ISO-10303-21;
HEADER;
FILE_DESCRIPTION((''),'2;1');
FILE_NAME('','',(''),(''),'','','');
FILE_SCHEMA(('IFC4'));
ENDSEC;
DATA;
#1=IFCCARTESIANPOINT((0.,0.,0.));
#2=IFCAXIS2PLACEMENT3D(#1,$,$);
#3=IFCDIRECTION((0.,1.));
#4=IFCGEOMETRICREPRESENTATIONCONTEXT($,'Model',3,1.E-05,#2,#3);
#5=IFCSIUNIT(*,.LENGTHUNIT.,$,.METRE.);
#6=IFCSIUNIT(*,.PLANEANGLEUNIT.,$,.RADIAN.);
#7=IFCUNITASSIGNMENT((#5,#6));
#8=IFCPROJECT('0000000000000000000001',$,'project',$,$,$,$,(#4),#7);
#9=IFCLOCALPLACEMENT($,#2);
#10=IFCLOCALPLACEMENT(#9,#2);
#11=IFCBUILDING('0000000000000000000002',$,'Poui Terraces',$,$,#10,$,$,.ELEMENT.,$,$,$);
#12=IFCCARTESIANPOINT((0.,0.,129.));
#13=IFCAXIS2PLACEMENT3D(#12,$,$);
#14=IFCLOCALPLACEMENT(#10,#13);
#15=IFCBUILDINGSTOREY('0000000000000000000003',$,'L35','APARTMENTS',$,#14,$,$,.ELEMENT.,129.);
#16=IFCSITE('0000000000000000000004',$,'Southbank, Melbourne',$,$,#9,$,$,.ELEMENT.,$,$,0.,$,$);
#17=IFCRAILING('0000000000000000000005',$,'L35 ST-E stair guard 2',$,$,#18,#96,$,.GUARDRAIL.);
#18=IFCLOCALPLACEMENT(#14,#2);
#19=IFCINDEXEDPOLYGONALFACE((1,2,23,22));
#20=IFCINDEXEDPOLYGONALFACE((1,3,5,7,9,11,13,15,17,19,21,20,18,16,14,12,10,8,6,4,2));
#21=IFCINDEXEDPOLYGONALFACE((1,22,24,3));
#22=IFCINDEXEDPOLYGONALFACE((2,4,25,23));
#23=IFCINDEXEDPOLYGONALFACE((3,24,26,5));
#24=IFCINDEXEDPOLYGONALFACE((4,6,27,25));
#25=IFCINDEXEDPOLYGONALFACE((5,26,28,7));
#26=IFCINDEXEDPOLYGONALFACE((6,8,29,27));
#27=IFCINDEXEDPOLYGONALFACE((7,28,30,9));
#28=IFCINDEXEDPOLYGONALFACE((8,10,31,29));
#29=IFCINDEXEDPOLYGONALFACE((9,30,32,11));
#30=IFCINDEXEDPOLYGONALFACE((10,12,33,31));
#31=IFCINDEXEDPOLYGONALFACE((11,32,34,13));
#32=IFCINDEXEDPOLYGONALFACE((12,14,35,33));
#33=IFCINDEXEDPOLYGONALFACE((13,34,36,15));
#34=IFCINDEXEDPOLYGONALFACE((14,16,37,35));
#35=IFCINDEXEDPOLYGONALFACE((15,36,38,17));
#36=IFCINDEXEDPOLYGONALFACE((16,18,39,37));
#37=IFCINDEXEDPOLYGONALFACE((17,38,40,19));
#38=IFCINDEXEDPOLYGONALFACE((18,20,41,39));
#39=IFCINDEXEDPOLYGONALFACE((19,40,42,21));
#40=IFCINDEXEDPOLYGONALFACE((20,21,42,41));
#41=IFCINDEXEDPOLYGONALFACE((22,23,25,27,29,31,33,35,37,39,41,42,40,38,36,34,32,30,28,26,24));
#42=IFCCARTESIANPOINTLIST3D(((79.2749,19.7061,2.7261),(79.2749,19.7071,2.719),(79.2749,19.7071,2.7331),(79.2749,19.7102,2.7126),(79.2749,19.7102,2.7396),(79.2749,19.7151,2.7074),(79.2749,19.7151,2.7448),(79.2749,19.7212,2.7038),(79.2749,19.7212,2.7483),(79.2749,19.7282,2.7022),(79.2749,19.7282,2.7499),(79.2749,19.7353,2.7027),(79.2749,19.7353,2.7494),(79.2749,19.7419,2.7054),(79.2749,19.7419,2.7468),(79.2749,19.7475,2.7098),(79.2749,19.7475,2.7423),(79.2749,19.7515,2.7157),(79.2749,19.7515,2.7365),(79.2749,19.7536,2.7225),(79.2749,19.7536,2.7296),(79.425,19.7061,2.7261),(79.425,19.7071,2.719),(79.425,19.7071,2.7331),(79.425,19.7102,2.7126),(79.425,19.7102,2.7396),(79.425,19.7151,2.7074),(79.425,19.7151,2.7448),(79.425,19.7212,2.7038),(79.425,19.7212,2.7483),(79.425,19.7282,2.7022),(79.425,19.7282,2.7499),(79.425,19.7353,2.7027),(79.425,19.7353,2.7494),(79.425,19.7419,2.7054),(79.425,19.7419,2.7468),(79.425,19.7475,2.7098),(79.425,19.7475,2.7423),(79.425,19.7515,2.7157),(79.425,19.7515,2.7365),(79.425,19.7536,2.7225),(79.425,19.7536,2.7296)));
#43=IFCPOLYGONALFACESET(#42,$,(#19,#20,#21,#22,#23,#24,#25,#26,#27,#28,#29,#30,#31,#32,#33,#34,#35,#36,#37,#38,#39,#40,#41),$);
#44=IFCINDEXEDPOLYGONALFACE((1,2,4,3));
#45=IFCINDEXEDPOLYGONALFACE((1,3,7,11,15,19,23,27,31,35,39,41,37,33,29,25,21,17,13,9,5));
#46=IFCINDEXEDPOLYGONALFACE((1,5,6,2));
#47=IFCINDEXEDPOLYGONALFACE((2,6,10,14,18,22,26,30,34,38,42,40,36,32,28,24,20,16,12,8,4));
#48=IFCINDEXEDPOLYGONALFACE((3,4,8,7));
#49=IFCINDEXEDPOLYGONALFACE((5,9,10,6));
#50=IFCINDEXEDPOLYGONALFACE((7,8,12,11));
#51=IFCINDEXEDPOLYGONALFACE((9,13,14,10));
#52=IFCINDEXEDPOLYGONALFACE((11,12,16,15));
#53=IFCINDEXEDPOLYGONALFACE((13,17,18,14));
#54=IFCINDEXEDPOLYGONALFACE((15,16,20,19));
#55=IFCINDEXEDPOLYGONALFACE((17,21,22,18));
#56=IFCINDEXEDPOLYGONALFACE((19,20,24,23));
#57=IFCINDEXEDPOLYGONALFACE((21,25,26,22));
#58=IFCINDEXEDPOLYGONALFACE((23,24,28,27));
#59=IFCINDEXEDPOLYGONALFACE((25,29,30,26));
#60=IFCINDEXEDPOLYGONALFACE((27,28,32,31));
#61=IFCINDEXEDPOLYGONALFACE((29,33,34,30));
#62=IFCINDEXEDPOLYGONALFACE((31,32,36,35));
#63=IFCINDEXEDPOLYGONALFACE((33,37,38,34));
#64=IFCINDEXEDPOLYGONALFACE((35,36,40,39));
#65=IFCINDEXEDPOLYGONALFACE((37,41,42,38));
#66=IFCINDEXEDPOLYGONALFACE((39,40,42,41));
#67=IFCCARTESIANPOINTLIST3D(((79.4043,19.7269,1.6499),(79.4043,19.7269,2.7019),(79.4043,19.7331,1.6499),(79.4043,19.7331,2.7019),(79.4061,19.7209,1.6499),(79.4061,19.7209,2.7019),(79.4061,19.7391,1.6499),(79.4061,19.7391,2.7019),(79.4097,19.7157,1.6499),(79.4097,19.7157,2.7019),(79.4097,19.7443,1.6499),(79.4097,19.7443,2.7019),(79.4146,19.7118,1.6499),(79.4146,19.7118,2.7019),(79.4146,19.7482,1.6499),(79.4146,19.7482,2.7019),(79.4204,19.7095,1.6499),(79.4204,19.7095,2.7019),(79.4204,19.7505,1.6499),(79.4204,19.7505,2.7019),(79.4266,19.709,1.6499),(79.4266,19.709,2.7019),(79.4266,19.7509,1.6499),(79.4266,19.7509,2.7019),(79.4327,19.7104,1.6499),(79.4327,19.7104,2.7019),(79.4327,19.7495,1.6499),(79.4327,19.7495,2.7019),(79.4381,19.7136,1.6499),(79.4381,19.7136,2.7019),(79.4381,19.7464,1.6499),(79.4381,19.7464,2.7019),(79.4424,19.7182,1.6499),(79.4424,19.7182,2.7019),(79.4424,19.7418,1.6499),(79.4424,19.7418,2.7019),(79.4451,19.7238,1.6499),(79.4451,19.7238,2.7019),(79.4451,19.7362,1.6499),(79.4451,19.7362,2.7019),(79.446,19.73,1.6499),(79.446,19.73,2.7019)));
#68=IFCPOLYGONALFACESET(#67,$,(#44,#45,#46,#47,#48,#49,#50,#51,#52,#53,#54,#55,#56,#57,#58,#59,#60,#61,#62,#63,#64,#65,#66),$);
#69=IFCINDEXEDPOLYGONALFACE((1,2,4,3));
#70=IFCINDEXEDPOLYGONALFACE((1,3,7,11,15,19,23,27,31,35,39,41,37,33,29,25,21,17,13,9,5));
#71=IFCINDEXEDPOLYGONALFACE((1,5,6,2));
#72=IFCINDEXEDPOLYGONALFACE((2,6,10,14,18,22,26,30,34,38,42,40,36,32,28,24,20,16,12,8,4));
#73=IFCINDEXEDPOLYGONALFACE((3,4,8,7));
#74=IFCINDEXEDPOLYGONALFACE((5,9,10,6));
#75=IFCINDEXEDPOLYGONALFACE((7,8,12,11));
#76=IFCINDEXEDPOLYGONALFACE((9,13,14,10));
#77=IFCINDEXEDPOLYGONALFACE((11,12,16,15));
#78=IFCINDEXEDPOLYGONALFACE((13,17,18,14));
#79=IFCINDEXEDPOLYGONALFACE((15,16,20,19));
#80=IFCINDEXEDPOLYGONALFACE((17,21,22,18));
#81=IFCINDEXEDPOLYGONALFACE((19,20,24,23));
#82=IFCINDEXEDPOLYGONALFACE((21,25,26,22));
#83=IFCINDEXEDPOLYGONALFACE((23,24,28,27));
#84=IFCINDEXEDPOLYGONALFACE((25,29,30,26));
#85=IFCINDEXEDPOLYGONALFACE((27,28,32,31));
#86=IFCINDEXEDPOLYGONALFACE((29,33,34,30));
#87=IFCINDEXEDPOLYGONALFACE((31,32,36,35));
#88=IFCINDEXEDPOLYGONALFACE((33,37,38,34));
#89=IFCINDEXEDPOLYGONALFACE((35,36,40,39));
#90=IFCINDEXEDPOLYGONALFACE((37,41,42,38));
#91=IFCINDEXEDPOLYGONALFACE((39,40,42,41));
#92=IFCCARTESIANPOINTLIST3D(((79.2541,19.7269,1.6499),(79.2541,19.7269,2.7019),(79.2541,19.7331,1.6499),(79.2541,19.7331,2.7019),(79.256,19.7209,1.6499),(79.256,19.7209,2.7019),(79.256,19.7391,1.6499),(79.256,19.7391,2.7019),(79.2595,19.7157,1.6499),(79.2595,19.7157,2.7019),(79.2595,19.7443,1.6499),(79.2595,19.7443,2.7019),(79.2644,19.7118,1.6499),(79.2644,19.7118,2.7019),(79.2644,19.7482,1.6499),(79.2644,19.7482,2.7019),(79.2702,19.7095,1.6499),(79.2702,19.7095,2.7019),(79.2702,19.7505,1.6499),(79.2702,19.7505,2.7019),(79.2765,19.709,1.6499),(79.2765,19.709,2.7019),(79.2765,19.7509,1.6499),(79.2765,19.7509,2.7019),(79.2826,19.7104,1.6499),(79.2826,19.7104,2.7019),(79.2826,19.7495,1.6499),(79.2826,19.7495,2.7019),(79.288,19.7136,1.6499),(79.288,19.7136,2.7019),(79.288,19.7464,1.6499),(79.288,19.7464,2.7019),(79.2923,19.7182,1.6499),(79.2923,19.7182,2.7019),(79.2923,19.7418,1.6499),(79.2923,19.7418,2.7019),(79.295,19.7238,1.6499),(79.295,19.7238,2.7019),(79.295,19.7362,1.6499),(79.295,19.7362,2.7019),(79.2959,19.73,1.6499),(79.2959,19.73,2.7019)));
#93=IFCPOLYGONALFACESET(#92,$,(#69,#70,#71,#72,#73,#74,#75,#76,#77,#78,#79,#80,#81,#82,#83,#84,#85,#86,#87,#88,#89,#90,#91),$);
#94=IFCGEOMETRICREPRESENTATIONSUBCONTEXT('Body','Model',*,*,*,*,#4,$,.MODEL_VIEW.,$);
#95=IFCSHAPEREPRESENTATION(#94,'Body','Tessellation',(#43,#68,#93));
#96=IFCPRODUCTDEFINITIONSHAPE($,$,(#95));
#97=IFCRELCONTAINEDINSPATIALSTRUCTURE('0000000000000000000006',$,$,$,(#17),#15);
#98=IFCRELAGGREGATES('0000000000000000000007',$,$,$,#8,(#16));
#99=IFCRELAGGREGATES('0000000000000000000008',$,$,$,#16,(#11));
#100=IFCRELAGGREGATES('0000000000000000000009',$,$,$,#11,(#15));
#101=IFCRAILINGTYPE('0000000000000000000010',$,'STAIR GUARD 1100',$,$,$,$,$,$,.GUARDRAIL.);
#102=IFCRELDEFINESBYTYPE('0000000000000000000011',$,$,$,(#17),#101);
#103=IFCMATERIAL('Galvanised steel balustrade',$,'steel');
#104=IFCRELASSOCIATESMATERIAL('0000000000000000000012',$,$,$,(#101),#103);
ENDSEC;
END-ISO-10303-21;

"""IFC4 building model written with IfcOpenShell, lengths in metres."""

from ifc_helpers import new_model, si_unit, direction, frame, origin, origin_2d, place, context, subcontext, project, spatial, circle, extrude, material, type_object, element, save


model = new_model("IFC4")

# Units and contexts
model_context = context("Model", 3, precision=1e-05, world=origin(), true_north=direction((0.0, 1.0)))
body_context = subcontext(model_context, "Body", "Model", "MODEL_VIEW")
ifc_project = project(units=[si_unit("LENGTHUNIT", "METRE"), si_unit("PLANEANGLEUNIT", "RADIAN")], contexts=[model_context])

# Site, building, storey
site_placement = place(None, origin())
site = spatial("IfcSite", under=ifc_project, at=site_placement, Name="Southbank, Melbourne", CompositionType="ELEMENT", RefElevation=0.0)
building_placement = place(site_placement, origin())
building = spatial("IfcBuilding", under=site, at=building_placement, Name="Poui Terraces", CompositionType="ELEMENT")
storey_placement = place(building_placement, frame((0.0, 0.0, 129.0)))
storey = spatial("IfcBuildingStorey", under=building, at=storey_placement, Name="L35", Description="APARTMENTS", CompositionType="ELEMENT", Elevation=129.0)

# Railing
ifc_material_1 = material(Name="Galvanised steel balustrade", Category="steel")
railing_type_1 = type_object("IfcRailingType", Name="STAIR GUARD 1100", PredefinedType="GUARDRAIL", material=ifc_material_1)
railing_1_placement = place(storey_placement, frame((79.425, 19.73, 1.6499)))
element("IfcRailing", 1, at=railing_1_placement, inside=storey, type_object=railing_type_1, Name="L35 ST-E stair guard 2", PredefinedType="GUARDRAIL", context=body_context, shape_type="SweptSolid", body=[
    extrude(circle(Radius=0.0239, at=origin_2d()), frame((0.0, 0.0, 1.0762), z_axis=(-1.0, 0.0, 0.0), x_axis=(0.0, -1.0, 0.0)), (0.0, 0.0, 1.0), 0.1501),
    extrude(circle(Radius=0.021, at=origin_2d()), origin(), (0.0, 0.0, 1.0), 1.052),
    extrude(circle(Radius=0.021, at=origin_2d()), frame((-0.1501, 0.0, 0.0)), (0.0, 0.0, 1.0), 1.052),
])

save(model, "model.ifc")
